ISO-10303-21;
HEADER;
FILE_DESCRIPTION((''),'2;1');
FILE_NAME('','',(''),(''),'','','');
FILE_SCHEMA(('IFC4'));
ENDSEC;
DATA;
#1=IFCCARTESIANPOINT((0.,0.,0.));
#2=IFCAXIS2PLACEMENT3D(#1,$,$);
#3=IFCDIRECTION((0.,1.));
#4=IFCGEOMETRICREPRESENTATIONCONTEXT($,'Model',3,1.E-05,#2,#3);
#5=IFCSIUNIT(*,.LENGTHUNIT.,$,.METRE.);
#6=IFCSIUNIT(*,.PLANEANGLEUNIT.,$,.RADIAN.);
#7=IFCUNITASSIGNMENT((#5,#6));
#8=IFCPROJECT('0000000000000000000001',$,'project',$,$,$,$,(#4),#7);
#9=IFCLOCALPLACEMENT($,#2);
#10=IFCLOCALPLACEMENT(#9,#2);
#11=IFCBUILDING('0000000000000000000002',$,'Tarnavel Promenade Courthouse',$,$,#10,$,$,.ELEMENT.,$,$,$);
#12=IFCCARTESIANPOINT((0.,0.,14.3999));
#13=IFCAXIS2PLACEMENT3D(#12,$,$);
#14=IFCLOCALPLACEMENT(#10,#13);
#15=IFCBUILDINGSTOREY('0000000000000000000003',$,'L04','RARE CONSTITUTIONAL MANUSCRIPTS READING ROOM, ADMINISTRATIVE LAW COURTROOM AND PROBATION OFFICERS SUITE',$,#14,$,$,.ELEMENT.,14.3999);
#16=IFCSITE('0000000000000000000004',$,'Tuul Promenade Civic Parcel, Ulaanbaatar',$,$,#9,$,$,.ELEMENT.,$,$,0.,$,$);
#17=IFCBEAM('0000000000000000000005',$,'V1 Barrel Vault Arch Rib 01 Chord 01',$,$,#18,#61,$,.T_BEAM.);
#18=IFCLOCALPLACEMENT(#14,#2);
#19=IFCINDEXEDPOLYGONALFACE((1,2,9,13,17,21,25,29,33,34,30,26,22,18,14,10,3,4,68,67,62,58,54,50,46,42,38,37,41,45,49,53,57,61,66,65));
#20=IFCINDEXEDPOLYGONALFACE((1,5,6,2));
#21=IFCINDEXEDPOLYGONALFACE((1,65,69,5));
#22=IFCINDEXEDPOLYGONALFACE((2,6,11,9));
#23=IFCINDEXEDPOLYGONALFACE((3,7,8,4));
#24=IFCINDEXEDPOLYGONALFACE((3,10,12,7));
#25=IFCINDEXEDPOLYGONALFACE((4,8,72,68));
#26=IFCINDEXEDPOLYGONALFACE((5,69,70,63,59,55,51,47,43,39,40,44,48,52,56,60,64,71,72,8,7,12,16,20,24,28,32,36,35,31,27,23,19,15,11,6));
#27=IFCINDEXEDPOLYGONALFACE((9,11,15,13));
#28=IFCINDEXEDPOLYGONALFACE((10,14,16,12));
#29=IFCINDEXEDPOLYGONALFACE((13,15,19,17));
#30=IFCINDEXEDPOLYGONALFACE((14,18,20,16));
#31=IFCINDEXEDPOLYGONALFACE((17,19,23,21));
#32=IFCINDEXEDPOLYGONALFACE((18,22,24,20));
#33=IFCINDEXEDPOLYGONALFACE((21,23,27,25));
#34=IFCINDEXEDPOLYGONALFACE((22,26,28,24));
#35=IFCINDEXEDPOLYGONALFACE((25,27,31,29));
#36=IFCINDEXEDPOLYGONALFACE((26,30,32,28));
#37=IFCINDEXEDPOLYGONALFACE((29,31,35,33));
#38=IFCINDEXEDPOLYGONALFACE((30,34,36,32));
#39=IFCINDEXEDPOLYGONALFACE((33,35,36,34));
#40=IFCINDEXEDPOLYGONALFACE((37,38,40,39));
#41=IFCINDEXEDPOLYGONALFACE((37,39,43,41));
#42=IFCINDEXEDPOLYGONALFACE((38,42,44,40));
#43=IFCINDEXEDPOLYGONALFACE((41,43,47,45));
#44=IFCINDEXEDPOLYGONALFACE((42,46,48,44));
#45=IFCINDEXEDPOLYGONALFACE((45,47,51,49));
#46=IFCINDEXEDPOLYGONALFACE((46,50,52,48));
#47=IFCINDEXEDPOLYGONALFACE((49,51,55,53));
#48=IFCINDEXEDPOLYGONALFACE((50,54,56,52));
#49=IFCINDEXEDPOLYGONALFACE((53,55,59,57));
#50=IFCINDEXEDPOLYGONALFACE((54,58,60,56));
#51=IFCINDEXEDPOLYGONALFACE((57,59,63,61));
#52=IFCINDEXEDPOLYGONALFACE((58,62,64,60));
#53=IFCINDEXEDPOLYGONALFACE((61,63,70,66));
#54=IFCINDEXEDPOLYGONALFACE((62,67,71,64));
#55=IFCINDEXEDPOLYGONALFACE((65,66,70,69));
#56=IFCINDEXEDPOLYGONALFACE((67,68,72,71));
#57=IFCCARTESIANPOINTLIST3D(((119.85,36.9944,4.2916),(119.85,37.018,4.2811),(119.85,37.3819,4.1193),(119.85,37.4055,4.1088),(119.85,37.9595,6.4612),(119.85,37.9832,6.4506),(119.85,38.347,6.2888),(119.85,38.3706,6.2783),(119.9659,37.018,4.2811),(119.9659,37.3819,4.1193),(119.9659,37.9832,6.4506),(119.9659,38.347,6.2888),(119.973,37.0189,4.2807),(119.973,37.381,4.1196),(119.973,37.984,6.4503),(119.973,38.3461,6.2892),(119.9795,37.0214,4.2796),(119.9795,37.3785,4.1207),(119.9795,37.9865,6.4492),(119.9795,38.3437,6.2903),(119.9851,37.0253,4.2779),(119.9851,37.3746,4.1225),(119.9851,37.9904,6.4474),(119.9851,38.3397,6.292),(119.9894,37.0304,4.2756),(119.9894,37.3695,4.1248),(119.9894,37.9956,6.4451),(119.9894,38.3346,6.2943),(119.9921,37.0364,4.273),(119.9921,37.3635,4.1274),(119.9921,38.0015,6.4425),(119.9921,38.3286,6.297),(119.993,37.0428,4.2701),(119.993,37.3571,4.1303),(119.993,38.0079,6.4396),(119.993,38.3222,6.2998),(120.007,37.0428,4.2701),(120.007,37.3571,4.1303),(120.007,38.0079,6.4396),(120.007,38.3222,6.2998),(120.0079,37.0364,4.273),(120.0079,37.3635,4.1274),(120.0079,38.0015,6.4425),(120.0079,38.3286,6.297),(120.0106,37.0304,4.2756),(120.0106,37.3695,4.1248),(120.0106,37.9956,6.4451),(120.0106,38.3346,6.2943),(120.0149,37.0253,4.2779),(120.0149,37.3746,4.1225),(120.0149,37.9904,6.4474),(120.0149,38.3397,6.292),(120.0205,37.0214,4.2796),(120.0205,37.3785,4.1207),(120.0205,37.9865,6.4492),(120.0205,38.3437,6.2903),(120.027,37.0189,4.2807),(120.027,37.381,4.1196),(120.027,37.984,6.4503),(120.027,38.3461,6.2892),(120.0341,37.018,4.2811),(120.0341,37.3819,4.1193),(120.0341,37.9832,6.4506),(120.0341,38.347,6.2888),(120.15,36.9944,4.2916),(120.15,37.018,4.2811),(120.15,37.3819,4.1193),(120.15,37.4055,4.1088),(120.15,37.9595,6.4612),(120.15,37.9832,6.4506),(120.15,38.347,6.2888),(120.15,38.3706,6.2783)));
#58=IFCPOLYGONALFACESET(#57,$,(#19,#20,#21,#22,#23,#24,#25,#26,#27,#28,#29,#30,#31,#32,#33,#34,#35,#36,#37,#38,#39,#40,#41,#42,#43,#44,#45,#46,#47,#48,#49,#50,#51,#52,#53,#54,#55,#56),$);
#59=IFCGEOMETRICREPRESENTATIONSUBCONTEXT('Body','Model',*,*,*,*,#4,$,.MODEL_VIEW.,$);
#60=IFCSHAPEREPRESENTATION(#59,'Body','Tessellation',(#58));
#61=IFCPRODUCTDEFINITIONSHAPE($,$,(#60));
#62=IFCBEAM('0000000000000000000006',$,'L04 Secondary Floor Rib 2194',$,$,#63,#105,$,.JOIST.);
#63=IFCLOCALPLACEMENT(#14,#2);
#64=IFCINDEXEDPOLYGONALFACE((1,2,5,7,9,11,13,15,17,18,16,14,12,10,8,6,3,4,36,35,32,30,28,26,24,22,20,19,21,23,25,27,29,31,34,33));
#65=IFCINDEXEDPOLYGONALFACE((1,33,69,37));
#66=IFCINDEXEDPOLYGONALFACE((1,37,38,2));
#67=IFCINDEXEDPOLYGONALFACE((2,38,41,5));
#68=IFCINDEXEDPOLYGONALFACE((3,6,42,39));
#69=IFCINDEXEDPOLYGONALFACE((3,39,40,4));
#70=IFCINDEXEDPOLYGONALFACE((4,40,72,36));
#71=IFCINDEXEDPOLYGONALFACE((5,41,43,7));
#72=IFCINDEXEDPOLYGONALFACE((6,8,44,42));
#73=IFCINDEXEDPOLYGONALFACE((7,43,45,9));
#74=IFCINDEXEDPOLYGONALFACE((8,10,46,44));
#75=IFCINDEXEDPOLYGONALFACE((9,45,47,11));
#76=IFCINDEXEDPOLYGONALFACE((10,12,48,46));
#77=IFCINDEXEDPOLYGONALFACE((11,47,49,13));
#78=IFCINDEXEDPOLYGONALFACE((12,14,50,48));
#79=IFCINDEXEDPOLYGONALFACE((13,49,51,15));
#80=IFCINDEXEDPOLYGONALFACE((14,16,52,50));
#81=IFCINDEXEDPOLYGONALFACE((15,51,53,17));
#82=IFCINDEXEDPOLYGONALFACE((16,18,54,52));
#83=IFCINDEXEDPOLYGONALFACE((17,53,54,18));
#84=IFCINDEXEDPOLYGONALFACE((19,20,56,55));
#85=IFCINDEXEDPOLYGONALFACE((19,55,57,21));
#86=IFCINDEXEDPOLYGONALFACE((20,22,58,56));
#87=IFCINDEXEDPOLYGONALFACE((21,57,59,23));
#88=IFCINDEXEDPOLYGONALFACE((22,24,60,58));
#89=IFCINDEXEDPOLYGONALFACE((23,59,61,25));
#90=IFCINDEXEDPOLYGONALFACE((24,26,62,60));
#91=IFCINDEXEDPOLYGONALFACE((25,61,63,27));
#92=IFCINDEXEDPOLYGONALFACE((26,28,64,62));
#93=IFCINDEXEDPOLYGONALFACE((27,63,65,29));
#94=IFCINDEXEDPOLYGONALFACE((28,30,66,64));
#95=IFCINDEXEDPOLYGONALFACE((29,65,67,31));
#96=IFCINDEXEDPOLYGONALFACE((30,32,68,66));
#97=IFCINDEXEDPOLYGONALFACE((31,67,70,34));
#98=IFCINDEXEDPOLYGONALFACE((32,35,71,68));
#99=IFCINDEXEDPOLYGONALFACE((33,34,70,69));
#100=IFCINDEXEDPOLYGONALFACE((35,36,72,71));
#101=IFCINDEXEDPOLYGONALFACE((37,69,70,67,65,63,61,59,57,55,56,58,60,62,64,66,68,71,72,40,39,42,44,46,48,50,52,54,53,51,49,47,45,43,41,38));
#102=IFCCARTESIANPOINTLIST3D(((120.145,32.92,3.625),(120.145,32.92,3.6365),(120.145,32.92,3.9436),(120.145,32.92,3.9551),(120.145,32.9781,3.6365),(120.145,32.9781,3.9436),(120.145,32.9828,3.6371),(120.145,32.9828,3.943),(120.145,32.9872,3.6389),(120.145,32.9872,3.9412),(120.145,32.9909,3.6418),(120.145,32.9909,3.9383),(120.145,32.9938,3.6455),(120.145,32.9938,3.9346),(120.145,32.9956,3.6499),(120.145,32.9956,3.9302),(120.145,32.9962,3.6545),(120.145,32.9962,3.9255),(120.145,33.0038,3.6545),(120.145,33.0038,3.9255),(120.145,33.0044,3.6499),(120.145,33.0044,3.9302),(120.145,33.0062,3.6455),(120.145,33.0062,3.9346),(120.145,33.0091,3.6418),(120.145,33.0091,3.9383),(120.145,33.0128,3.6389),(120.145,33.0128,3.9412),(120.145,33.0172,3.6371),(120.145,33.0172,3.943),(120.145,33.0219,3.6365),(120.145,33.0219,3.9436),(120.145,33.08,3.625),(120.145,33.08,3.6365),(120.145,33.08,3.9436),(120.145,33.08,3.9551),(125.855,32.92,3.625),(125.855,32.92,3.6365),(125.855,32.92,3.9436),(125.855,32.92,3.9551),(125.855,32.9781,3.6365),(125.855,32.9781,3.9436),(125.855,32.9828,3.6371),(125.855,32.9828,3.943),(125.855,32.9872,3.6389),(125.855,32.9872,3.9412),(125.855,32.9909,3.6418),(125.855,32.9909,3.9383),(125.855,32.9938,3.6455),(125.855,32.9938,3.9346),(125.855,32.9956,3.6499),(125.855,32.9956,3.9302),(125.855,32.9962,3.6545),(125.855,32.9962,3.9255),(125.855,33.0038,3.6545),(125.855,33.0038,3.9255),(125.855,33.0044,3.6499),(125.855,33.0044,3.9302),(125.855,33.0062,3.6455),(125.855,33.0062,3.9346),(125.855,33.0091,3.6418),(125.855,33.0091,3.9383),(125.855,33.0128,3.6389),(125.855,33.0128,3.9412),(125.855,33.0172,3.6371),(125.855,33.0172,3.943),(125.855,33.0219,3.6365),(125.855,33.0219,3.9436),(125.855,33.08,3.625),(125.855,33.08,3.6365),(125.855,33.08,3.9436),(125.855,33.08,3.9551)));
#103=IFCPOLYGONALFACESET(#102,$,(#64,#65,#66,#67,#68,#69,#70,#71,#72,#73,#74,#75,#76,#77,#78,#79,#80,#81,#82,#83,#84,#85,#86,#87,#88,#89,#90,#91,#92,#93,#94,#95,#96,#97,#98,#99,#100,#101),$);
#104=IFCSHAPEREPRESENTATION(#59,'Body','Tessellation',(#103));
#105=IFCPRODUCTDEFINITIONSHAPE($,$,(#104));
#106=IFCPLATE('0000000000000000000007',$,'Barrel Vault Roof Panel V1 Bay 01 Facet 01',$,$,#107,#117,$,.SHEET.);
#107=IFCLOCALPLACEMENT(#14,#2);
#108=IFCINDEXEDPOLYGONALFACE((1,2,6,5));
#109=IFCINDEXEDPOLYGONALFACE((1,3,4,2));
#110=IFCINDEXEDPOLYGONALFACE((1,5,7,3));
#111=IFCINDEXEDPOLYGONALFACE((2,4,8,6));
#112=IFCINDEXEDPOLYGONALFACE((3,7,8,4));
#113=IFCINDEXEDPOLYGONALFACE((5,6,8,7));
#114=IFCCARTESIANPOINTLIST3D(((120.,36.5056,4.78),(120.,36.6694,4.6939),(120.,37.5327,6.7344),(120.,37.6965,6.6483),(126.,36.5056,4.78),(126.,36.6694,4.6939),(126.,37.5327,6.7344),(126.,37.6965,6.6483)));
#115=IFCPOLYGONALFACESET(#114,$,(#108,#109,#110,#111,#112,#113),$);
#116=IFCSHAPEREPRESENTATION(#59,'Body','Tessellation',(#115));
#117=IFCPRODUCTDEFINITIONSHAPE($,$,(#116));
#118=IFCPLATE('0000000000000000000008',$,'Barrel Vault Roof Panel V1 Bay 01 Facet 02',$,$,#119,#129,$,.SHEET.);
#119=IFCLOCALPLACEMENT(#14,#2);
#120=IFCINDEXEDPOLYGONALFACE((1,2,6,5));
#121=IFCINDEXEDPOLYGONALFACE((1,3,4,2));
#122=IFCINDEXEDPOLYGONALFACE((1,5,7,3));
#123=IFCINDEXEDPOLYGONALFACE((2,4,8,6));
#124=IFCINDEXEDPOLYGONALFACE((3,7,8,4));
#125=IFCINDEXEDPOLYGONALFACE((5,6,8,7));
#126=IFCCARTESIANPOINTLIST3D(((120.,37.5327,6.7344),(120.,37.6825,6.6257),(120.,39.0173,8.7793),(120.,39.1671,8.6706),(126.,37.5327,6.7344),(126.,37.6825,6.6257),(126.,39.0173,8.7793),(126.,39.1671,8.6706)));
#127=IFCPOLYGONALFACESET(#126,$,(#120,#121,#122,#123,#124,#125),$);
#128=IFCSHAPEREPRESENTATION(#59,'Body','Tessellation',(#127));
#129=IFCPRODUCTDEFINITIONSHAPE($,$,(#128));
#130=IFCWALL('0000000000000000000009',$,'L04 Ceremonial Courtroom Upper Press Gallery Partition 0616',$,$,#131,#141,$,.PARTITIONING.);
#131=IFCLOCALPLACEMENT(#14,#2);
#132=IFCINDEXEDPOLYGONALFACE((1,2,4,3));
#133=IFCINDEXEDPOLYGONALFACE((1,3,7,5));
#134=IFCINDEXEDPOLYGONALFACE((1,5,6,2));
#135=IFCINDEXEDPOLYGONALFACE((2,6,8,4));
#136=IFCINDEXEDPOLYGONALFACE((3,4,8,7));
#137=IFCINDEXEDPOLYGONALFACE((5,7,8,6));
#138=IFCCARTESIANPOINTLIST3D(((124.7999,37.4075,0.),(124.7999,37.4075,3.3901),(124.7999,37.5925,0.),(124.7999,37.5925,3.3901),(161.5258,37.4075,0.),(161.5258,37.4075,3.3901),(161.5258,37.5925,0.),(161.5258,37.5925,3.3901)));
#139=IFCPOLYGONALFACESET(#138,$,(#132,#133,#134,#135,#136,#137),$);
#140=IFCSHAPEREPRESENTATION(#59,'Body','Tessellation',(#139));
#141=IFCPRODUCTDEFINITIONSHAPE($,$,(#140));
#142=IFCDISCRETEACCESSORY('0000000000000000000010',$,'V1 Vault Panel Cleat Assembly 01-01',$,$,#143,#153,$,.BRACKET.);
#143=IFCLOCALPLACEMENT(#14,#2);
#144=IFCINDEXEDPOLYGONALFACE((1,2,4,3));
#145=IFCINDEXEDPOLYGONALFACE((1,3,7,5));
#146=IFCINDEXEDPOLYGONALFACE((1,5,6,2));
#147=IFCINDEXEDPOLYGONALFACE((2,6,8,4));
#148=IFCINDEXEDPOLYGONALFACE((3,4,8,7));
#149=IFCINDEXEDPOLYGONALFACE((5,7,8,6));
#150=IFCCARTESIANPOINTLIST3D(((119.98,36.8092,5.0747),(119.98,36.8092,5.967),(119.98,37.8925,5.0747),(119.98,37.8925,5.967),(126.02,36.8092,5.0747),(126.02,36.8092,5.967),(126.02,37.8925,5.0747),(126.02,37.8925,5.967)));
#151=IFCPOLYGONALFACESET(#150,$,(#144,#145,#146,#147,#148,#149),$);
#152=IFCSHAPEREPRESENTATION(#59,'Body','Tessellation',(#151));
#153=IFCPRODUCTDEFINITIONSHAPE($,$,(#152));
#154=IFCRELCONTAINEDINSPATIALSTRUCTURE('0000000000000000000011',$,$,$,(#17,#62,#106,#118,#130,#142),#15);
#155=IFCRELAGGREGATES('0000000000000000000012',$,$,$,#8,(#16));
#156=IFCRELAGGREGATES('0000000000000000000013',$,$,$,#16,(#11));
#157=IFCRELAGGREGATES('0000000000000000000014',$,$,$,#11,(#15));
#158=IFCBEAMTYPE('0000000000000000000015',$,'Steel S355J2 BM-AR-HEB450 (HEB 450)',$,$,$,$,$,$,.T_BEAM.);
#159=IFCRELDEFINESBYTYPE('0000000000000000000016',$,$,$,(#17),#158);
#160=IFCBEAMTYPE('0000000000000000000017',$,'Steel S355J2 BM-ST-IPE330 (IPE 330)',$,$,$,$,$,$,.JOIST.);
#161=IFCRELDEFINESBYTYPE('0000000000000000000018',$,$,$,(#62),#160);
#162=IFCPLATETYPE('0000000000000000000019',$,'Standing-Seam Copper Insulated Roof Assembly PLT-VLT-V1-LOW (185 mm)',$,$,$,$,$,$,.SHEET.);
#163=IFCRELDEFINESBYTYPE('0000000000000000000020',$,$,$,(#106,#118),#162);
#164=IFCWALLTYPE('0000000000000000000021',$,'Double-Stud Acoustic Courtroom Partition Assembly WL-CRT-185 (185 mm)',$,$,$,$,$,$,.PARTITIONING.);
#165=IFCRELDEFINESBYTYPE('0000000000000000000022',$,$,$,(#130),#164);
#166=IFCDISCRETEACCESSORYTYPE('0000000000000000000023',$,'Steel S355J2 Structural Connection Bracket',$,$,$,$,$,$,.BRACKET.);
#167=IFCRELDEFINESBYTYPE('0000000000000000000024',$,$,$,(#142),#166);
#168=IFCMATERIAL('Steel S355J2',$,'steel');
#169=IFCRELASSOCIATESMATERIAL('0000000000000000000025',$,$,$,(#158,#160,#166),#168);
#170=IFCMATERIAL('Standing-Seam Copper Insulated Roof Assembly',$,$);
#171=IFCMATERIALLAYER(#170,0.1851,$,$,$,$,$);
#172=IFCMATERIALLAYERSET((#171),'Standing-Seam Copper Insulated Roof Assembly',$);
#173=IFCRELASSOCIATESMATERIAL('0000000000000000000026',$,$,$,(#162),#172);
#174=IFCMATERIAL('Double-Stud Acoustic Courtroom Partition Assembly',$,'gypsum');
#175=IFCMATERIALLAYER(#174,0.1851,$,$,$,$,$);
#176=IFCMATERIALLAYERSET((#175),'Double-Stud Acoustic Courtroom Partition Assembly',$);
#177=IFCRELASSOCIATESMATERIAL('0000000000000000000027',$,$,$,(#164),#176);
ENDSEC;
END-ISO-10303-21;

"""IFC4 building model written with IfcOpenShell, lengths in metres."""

from ifc_helpers import new_model, si_unit, direction, frame, frame_2d, origin, origin_2d, place, context, subcontext, project, spatial, polyline, rectangle, i_section, outline, extrude, material, layer, layer_set, material_profile, profile_set, type_object, element, save


model = new_model("IFC4")

# Units and contexts
model_context = context("Model", 3, precision=1e-05, world=origin(), true_north=direction((0.0, 1.0)))
body_context = subcontext(model_context, "Body", "Model", "MODEL_VIEW")
ifc_project = project(units=[si_unit("LENGTHUNIT", "METRE"), si_unit("PLANEANGLEUNIT", "RADIAN")], contexts=[model_context])

# Site, building, storey
site_placement = place(None, origin())
site = spatial("IfcSite", under=ifc_project, at=site_placement, Name="Tuul Promenade Civic Parcel, Ulaanbaatar", CompositionType="ELEMENT", RefElevation=0.0)
building_placement = place(site_placement, origin())
building = spatial("IfcBuilding", under=site, at=building_placement, Name="Tarnavel Promenade Courthouse", CompositionType="ELEMENT")
storey_placement = place(building_placement, frame((0.0, 0.0, 14.3999)))
storey = spatial("IfcBuildingStorey", under=building, at=storey_placement, Name="L04", Description="RARE CONSTITUTIONAL MANUSCRIPTS READING ROOM, ADMINISTRATIVE LAW COURTROOM AND PROBATION OFFICERS SUITE", CompositionType="ELEMENT", Elevation=14.3999)

# Beams
ifc_material_1 = material(Name="Steel S355J2", Category="steel")
ifc_material_profile_1 = material_profile(ifc_material_1, i_section(OverallWidth=0.3, OverallDepth=0.45, WebThickness=0.0139, FlangeThickness=0.0259, FilletRadius=0.0271, at=origin_2d()), Name="HEB 450")
ifc_profile_set_1 = profile_set([ifc_material_profile_1], Name="Steel S355J2")
beam_type_1 = type_object("IfcBeamType", Name="Steel S355J2 BM-AR-HEB450 (HEB 450)", PredefinedType="T_BEAM", material=ifc_profile_set_1)
beam_1_placement = place(storey_placement, frame((120.0, 37.2, 4.2002), z_axis=(0.0, 0.406453, 0.913672), x_axis=(-1.0, 0.0, 0.0)))
element("IfcBeam", 1, at=beam_1_placement, inside=storey, type_object=beam_type_1, Name="V1 Barrel Vault Arch Rib 01 Chord 01", PredefinedType="T_BEAM", context=body_context, shape_type="SweptSolid", body=[
    extrude(i_section(OverallWidth=0.3, OverallDepth=0.45, WebThickness=0.0139, FlangeThickness=0.0259, FilletRadius=0.0271, at=origin_2d()), origin(), (0.0, 0.0, 1.0), 2.3745),
])
ifc_material_profile_2 = material_profile(ifc_material_1, i_section(OverallWidth=0.1599, OverallDepth=0.3301, WebThickness=0.0076, FlangeThickness=0.0115, FilletRadius=0.0181, at=origin_2d()), Name="IPE 330")
ifc_profile_set_2 = profile_set([ifc_material_profile_2], Name="Steel S355J2")
beam_type_2 = type_object("IfcBeamType", Name="Steel S355J2 BM-ST-IPE330 (IPE 330)", PredefinedType="JOIST", material=ifc_profile_set_2)
beam_2_placement = place(storey_placement, frame((120.145, 33.0, 3.79), z_axis=(1.0, 0.0, 0.0), x_axis=(0.0, 1.0, 0.0)))
element("IfcBeam", 2, at=beam_2_placement, inside=storey, type_object=beam_type_2, Name="L04 Secondary Floor Rib 2194", PredefinedType="JOIST", context=body_context, shape_type="SweptSolid", body=[
    extrude(i_section(OverallWidth=0.1599, OverallDepth=0.3301, WebThickness=0.0076, FlangeThickness=0.0115, FilletRadius=0.0181, at=origin_2d()), origin(), (0.0, 0.0, 1.0), 5.71),
])

# Plates
ifc_material_2 = material(Name="Standing-Seam Copper Insulated Roof Assembly")
ifc_layer_1 = layer(ifc_material_2, 0.1851)
ifc_layer_set_1 = layer_set([ifc_layer_1], Name="Standing-Seam Copper Insulated Roof Assembly")
plate_type = type_object("IfcPlateType", Name="Standing-Seam Copper Insulated Roof Assembly PLT-VLT-V1-LOW (185 mm)", PredefinedType="SHEET", material=ifc_layer_set_1)
plate_1_placement = place(storey_placement, frame((120.0, 36.5056, 4.78), z_axis=(0.0, -0.885199, 0.465213), x_axis=(1.0, 0.0, 0.0)))
element("IfcPlate", 3, at=plate_1_placement, inside=storey, type_object=plate_type, Name="Barrel Vault Roof Panel V1 Bay 01 Facet 01", PredefinedType="SHEET", context=body_context, shape_type="SweptSolid", body=[
    extrude(outline(polyline([(0.0, 0.0), (6.0, 0.0), (6.0, 2.2078), (0.0, 2.2078), (0.0, 0.0)])), origin(), (0.0, 0.0, -1.0), 0.1851),
])
plate_2_placement = place(storey_placement, frame((120.0, 37.5327, 6.7344), z_axis=(0.0, -0.809225, 0.587499), x_axis=(1.0, 0.0, 0.0)))
element("IfcPlate", 4, at=plate_2_placement, inside=storey, type_object=plate_type, Name="Barrel Vault Roof Panel V1 Bay 01 Facet 02", PredefinedType="SHEET", context=body_context, shape_type="SweptSolid", body=[
    extrude(outline(polyline([(0.0, 0.0), (6.0, 0.0), (6.0, 2.527), (0.0, 2.527), (0.0, 0.0)])), origin(), (0.0, 0.0, -1.0), 0.1851),
])

# Wall
ifc_material_3 = material(Name="Double-Stud Acoustic Courtroom Partition Assembly", Category="gypsum")
ifc_layer_2 = layer(ifc_material_3, 0.1851)
ifc_layer_set_2 = layer_set([ifc_layer_2], Name="Double-Stud Acoustic Courtroom Partition Assembly")
wall_type = type_object("IfcWallType", Name="Double-Stud Acoustic Courtroom Partition Assembly WL-CRT-185 (185 mm)", PredefinedType="PARTITIONING", material=ifc_layer_set_2)
wall_placement = place(storey_placement, frame((124.8, 37.5, 0.0), z_axis=(0.0, 0.0, 1.0), x_axis=(1.0, 0.0, 0.0)))
element("IfcWall", 5, at=wall_placement, inside=storey, type_object=wall_type, Name="L04 Ceremonial Courtroom Upper Press Gallery Partition 0616", PredefinedType="PARTITIONING", context=body_context, shape_type="SweptSolid", body=[
    extrude(rectangle(XDim=36.7258, YDim=0.1851, at=frame_2d((18.3628, 0.0))), origin(), (0.0, 0.0, 1.0), 3.3901),
])

# Discrete accessory
discrete_accessory_type = type_object("IfcDiscreteAccessoryType", Name="Steel S355J2 Structural Connection Bracket", PredefinedType="BRACKET", material=ifc_material_1)
discrete_accessory_placement = place(storey_placement, frame((123.0, 37.3508, 5.0747), z_axis=(0.0, 0.0, 1.0), x_axis=(1.0, 0.0, 0.0)))
element("IfcDiscreteAccessory", 6, at=discrete_accessory_placement, inside=storey, type_object=discrete_accessory_type, Name="V1 Vault Panel Cleat Assembly 01-01", PredefinedType="BRACKET", context=body_context, shape_type="SweptSolid", body=[
    extrude(rectangle(XDim=6.04, YDim=1.0833, at=origin_2d()), origin(), (0.0, 0.0, 1.0), 0.8923),
])

save(model, "model.ifc")
